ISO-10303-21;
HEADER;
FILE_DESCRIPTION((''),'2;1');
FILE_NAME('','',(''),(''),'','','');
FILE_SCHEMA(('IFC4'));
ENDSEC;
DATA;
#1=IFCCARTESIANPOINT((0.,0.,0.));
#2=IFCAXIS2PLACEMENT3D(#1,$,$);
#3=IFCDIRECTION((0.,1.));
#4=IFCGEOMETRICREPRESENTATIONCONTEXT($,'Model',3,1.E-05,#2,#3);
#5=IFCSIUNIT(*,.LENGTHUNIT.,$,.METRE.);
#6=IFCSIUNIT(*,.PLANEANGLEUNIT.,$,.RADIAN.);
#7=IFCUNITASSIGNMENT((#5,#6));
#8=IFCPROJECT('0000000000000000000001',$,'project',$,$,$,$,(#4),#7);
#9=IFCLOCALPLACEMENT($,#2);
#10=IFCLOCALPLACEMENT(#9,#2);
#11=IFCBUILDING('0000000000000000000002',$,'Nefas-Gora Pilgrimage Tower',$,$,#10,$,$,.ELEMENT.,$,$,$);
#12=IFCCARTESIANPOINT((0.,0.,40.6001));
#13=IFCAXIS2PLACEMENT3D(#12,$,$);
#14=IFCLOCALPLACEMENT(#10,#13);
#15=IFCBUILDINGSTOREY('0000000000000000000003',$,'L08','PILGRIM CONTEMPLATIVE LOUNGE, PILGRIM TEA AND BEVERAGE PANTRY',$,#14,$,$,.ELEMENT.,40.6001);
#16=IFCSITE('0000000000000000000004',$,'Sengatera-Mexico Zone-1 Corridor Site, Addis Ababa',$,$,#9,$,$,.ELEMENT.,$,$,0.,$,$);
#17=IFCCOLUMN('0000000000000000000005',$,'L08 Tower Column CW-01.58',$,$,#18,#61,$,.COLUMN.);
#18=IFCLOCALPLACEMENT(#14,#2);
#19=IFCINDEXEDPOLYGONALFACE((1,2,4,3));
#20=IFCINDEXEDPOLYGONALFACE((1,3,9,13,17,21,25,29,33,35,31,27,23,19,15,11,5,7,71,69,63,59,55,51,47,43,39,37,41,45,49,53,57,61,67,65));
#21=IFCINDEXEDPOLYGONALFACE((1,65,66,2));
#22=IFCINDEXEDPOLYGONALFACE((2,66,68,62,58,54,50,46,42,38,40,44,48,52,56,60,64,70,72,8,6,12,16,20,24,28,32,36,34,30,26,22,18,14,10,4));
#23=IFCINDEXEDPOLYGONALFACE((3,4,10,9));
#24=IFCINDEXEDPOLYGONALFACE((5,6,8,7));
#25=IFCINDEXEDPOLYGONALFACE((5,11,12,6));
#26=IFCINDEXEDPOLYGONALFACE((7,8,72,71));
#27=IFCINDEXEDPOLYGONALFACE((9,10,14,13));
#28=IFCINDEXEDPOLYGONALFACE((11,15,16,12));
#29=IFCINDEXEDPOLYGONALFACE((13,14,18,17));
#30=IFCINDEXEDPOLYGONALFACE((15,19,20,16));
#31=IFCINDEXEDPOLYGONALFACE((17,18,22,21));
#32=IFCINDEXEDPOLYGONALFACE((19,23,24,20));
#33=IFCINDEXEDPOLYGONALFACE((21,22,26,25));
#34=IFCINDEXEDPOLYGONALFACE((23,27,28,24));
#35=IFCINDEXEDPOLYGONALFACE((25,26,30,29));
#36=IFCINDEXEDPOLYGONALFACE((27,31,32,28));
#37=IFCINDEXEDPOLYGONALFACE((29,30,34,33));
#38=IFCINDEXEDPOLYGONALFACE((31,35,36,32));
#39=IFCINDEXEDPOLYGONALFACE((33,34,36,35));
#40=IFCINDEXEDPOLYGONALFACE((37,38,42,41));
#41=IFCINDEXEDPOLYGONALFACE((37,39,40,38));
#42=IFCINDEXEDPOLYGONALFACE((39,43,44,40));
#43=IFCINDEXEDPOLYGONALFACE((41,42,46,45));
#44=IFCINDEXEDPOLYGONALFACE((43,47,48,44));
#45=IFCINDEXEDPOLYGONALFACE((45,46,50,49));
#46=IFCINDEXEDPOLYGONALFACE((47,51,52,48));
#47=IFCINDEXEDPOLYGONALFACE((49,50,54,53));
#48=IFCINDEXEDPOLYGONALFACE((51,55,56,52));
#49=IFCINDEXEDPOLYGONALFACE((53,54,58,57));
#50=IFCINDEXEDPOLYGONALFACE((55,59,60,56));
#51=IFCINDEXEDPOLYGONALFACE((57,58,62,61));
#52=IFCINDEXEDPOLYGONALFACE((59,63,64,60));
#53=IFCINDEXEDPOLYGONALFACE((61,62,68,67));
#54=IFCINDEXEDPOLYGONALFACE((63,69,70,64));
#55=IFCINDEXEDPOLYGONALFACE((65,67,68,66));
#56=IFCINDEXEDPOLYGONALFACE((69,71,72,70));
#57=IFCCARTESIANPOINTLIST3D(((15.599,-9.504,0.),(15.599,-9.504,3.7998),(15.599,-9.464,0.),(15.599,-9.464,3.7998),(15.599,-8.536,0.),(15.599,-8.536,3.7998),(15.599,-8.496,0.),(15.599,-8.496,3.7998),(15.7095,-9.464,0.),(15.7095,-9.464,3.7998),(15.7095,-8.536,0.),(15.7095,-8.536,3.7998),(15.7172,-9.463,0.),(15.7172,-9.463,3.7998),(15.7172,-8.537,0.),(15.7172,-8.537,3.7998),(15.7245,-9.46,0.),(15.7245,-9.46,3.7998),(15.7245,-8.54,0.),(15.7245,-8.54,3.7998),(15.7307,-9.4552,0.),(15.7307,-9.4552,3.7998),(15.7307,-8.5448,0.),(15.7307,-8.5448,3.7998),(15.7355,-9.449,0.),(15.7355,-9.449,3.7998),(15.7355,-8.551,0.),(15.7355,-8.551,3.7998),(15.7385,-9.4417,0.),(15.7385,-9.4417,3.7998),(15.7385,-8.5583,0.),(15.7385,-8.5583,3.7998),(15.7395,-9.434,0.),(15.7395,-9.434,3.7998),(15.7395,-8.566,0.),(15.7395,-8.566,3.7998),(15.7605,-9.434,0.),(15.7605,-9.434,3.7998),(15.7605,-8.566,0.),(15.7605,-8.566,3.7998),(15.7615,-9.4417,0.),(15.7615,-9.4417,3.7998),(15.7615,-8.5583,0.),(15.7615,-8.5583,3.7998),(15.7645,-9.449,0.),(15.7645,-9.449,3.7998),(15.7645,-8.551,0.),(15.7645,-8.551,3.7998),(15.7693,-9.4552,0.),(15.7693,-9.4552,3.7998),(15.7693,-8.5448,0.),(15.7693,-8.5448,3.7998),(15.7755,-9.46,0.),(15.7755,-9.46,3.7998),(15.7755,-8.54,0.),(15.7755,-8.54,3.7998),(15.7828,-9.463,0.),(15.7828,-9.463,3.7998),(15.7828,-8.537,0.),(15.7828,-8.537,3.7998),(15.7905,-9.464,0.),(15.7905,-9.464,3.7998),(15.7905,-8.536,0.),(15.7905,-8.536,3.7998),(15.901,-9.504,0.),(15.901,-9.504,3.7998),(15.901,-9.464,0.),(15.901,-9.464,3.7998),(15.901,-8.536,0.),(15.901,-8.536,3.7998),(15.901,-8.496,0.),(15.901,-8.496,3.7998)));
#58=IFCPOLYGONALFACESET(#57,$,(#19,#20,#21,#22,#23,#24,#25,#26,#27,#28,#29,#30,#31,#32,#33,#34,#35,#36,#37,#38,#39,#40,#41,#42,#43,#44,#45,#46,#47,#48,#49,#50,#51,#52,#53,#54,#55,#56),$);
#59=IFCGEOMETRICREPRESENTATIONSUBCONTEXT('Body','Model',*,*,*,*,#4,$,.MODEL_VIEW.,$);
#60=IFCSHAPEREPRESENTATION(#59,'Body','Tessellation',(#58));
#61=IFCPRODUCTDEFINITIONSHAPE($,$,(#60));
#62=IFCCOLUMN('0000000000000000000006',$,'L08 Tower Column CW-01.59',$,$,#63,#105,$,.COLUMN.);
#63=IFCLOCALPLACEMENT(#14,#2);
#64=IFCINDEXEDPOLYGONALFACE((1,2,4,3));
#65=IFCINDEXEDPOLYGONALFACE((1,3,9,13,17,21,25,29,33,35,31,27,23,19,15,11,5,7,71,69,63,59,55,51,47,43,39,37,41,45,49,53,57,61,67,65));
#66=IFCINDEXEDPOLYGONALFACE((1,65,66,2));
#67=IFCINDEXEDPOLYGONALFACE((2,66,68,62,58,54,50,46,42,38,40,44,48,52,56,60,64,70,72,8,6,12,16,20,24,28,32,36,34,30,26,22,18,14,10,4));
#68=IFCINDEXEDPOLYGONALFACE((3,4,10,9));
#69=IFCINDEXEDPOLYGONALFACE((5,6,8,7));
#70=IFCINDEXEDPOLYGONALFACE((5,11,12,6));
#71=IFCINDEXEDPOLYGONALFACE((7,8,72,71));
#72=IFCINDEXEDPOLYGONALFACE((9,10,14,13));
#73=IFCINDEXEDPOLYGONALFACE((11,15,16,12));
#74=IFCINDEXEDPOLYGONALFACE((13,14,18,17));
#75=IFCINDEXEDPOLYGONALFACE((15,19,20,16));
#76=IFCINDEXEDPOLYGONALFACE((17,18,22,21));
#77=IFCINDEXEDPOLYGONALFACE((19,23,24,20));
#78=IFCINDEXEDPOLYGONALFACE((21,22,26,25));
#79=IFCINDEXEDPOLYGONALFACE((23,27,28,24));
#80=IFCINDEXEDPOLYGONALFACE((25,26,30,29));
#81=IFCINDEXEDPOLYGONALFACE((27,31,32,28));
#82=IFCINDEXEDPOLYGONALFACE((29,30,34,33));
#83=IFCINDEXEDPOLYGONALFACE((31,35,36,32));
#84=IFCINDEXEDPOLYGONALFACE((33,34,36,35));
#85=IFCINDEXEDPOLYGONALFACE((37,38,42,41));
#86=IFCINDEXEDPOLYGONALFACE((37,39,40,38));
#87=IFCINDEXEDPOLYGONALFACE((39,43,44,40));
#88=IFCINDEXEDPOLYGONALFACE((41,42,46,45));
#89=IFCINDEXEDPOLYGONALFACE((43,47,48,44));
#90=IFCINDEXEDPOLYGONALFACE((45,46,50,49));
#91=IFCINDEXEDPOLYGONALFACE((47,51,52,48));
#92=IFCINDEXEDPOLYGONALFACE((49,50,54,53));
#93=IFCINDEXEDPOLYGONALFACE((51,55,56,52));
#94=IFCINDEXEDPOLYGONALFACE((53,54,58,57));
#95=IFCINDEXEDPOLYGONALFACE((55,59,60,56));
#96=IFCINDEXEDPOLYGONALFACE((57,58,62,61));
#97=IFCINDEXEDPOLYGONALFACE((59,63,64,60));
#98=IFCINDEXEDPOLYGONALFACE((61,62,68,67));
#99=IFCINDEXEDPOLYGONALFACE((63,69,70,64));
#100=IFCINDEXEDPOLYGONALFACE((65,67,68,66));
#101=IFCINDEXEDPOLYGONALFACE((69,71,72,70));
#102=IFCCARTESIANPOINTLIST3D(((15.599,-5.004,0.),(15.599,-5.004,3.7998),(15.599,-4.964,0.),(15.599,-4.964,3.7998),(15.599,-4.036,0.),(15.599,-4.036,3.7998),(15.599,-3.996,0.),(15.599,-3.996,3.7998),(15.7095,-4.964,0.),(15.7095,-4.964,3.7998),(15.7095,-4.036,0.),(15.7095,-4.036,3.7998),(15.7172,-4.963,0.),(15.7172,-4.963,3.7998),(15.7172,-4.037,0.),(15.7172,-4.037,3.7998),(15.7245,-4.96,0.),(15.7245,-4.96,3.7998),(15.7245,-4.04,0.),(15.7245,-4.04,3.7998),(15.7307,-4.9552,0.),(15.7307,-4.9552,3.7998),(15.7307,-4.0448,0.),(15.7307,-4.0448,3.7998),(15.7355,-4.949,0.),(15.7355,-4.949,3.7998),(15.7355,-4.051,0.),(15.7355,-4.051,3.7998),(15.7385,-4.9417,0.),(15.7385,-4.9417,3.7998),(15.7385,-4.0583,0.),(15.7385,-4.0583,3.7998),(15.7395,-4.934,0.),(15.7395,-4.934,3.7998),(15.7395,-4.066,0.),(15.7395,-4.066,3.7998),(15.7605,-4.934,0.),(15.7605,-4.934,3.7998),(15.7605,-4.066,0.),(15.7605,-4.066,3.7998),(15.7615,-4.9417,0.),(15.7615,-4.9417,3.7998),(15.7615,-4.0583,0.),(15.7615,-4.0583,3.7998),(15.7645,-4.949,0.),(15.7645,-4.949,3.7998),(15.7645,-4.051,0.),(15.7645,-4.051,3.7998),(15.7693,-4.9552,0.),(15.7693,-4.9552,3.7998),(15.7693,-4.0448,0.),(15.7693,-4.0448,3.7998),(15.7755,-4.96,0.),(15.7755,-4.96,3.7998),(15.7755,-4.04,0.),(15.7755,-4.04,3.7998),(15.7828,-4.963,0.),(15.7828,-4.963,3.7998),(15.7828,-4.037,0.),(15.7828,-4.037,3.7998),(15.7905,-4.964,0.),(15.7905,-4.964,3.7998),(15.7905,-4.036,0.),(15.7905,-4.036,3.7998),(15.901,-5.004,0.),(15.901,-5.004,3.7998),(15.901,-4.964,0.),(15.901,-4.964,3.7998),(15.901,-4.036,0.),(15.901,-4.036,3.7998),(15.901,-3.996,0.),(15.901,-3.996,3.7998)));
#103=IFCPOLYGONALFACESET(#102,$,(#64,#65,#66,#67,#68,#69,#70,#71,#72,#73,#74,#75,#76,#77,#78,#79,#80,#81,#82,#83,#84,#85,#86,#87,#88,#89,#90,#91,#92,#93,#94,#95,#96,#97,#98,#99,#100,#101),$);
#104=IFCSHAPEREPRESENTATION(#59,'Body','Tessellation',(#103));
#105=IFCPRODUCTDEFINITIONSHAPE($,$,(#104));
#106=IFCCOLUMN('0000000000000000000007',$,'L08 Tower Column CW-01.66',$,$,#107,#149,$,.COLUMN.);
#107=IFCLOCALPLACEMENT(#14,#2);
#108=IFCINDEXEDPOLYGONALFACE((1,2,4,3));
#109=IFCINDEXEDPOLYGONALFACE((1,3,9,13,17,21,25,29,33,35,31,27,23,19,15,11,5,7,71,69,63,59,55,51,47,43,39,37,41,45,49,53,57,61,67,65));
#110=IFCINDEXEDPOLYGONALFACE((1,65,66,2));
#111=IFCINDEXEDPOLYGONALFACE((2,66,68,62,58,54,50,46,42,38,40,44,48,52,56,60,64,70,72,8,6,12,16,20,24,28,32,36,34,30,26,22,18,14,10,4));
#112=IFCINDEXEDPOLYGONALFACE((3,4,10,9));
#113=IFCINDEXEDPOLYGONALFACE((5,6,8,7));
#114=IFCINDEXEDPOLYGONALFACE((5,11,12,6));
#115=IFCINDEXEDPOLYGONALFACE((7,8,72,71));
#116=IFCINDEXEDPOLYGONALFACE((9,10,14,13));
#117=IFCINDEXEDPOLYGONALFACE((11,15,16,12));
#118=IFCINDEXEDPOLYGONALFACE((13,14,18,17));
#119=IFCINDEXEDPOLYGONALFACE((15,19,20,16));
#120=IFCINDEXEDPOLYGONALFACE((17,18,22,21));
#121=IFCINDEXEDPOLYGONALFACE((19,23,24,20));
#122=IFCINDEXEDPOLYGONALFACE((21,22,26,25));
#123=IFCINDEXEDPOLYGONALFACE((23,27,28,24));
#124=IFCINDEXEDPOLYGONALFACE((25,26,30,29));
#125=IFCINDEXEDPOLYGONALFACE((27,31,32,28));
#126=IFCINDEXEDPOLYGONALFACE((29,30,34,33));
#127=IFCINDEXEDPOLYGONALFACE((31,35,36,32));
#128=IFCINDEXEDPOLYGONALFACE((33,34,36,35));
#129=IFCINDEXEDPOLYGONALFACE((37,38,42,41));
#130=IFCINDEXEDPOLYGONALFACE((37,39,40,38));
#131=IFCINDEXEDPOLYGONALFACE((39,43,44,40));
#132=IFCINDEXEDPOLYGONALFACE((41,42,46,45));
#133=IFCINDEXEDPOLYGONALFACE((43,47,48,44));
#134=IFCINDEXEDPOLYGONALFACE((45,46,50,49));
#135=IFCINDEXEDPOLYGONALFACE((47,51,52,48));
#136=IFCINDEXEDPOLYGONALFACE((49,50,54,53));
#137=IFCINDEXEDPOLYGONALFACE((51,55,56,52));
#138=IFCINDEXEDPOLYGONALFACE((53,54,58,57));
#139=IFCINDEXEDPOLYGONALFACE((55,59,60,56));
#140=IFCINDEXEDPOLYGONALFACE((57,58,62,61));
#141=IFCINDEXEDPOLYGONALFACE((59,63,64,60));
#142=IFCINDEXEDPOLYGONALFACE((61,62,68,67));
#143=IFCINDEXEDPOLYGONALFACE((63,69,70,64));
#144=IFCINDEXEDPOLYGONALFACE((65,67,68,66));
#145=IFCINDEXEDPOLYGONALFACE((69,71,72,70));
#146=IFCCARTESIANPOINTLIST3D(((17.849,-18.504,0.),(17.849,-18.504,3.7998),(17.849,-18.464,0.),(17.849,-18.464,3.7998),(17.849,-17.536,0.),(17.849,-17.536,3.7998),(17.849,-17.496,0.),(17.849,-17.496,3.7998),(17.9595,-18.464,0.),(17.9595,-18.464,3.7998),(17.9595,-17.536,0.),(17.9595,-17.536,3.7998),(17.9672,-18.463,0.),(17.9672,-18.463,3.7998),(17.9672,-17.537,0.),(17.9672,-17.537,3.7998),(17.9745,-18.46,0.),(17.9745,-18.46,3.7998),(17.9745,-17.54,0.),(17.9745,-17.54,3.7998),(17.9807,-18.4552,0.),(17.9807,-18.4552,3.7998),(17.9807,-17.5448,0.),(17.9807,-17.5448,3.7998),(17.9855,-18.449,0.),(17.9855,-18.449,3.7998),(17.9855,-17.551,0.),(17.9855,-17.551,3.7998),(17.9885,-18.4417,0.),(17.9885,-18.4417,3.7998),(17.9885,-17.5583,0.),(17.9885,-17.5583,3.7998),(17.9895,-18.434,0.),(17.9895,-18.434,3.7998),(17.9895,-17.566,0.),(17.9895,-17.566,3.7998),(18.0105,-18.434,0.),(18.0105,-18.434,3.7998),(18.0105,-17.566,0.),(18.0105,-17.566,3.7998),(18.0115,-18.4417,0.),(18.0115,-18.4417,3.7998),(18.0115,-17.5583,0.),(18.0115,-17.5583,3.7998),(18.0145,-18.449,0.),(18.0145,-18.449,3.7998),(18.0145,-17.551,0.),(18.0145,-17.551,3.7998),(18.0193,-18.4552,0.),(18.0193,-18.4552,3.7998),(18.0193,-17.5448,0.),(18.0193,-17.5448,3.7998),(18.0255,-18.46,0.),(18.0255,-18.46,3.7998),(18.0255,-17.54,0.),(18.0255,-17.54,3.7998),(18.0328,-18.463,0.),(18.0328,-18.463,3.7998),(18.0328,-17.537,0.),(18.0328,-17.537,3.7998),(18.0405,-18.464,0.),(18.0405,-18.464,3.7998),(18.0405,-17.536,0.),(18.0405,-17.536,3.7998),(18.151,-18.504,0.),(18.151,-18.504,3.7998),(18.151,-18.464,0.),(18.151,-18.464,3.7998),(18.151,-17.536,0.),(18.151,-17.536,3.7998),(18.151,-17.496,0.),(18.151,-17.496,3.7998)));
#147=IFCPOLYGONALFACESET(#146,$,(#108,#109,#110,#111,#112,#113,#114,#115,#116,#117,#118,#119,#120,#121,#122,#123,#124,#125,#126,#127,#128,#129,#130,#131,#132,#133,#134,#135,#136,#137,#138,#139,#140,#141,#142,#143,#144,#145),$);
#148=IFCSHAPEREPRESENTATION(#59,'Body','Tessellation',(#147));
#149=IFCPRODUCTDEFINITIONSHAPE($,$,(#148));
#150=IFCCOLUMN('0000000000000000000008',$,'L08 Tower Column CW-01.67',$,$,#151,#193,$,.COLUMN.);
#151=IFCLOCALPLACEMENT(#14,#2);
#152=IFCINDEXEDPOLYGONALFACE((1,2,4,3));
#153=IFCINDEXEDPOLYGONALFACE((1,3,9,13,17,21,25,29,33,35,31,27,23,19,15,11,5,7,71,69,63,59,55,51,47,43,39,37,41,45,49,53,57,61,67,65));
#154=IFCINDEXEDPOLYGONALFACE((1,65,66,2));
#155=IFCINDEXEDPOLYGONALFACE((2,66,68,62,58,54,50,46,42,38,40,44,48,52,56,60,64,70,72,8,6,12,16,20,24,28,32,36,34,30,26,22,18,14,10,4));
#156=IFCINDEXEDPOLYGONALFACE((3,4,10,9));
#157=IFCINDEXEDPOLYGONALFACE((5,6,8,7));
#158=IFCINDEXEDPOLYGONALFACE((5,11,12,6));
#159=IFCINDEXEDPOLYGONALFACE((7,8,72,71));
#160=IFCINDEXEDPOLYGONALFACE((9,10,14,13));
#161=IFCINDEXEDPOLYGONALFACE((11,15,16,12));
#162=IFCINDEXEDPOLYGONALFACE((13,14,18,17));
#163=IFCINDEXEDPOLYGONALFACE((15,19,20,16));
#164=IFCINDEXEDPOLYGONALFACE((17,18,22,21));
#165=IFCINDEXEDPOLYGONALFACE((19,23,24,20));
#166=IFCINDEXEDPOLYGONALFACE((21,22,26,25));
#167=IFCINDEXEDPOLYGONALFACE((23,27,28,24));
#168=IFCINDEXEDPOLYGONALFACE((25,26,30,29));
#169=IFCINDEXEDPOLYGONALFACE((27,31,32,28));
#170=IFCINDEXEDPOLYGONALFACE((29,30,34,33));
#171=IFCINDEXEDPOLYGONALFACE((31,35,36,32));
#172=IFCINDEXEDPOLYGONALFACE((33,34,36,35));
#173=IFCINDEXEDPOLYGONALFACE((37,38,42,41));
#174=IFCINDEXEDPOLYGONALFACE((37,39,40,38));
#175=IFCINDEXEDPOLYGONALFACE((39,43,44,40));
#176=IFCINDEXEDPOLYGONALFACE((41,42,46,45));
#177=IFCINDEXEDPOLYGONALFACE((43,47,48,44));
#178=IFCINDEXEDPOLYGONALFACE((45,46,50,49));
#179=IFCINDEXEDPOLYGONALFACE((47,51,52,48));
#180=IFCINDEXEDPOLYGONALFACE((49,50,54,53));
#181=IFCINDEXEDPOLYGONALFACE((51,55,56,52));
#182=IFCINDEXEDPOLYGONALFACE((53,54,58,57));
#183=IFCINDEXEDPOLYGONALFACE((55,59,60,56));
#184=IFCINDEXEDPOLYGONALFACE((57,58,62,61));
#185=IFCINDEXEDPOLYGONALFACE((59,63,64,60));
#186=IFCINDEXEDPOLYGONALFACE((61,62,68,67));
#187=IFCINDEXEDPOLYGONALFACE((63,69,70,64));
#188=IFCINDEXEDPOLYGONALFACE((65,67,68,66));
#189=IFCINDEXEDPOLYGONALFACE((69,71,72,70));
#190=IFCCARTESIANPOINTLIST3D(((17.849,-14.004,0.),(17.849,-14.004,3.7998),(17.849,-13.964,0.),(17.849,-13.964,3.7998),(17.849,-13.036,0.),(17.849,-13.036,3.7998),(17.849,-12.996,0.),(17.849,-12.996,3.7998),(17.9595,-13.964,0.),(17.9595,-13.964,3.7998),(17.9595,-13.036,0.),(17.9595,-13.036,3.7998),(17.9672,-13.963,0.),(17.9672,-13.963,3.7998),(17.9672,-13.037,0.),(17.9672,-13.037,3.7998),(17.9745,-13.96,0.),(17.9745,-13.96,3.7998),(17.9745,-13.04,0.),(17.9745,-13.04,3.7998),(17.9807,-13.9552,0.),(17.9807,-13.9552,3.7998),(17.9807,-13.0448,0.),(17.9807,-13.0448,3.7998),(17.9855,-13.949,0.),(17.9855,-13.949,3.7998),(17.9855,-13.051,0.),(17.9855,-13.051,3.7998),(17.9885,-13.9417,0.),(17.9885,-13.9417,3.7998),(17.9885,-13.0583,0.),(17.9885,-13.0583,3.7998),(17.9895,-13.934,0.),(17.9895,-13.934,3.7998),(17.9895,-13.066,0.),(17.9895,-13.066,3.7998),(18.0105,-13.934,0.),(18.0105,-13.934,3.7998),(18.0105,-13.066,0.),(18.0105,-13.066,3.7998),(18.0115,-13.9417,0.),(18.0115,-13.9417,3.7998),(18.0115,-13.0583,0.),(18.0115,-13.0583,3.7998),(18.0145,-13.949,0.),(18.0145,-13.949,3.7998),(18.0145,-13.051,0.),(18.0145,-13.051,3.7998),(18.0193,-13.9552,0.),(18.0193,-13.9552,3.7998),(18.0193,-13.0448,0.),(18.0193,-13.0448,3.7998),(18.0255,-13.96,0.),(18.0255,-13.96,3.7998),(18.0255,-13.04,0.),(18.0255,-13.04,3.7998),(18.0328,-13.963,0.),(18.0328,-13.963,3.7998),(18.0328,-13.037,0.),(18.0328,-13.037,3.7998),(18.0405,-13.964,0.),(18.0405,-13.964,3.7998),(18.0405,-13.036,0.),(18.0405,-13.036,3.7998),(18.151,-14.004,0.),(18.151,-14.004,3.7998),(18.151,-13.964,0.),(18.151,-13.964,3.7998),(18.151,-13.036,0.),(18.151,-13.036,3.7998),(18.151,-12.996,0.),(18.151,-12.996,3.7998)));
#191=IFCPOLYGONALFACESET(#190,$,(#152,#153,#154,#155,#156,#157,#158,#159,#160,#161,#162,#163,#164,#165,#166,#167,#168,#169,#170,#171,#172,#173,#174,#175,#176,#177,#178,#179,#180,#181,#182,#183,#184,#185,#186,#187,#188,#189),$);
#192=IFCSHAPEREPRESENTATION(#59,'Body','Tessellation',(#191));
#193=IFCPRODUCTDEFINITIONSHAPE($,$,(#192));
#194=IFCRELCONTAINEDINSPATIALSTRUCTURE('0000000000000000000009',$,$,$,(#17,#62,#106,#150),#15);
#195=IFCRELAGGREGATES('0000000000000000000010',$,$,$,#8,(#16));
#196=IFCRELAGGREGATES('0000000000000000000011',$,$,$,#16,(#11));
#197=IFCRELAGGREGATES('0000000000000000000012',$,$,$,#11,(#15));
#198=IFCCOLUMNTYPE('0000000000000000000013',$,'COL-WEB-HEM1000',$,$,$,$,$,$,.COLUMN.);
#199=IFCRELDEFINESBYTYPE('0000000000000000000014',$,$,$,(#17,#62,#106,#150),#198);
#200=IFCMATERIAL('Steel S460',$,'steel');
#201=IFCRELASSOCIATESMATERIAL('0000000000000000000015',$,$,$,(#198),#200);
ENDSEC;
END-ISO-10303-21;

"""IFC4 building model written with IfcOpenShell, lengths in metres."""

from ifc_helpers import new_model, si_unit, direction, frame, origin, origin_2d, place, context, subcontext, project, spatial, i_section, extrude, source, transform, mapped, material, material_profile, profile_set, type_object, element, save


model = new_model("IFC4")

# Units and contexts
model_context = context("Model", 3, precision=1e-05, world=origin(), true_north=direction((0.0, 1.0)))
body_context = subcontext(model_context, "Body", "Model", "MODEL_VIEW")
ifc_project = project(units=[si_unit("LENGTHUNIT", "METRE"), si_unit("PLANEANGLEUNIT", "RADIAN")], contexts=[model_context])

# Site, building, storey
site_placement = place(None, origin())
site = spatial("IfcSite", under=ifc_project, at=site_placement, Name="Sengatera-Mexico Zone-1 Corridor Site, Addis Ababa", CompositionType="ELEMENT", RefElevation=0.0)
building_placement = place(site_placement, origin())
building = spatial("IfcBuilding", under=site, at=building_placement, Name="Nefas-Gora Pilgrimage Tower", CompositionType="ELEMENT")
storey_placement = place(building_placement, frame((0.0, 0.0, 40.6001)))
storey = spatial("IfcBuildingStorey", under=building, at=storey_placement, Name="L08", Description="PILGRIM CONTEMPLATIVE LOUNGE, PILGRIM TEA AND BEVERAGE PANTRY", CompositionType="ELEMENT", Elevation=40.6001)

# Columns
ifc_material_1 = material(Name="Steel S460", Category="steel")
ifc_material_profile_1 = material_profile(ifc_material_1, i_section(OverallWidth=0.302, OverallDepth=1.0081, WebThickness=0.021, FlangeThickness=0.04, FilletRadius=0.03, at=origin_2d()), Name="HEM 1000")
ifc_profile_set_1 = profile_set([ifc_material_profile_1], Name="Steel S460")
column_type_1 = type_object("IfcColumnType", Name="COL-WEB-HEM1000", PredefinedType="COLUMN", material=ifc_profile_set_1)
shared_shape_1 = source(origin(), body_context, "Body", "SweptSolid", [
    extrude(i_section(OverallWidth=0.302, OverallDepth=1.0081, WebThickness=0.021, FlangeThickness=0.04, FilletRadius=0.03, at=origin_2d()), origin(), (0.0, 0.0, 1.0), 3.7998),
])
for number, where, z_axis, x_axis, name in (
    (1, (15.75, -9.0, 0.0), (0.0, 0.0, 1.0), (1.0, 0.0, 0.0), "L08 Tower Column CW-01.58"),
    (2, (15.75, -4.5, 0.0), (0.0, 0.0, 1.0), (1.0, 0.0, 0.0), "L08 Tower Column CW-01.59"),
    (3, (18.0, -18.0, 0.0), (0.0, 0.0, 1.0), (1.0, 0.0, 0.0), "L08 Tower Column CW-01.66"),
    (4, (18.0, -13.5, 0.0), (0.0, 0.0, 1.0), (1.0, 0.0, 0.0), "L08 Tower Column CW-01.67"),
):
    element("IfcColumn", number, at=place(storey_placement, frame(where, z_axis=z_axis, x_axis=x_axis)), inside=storey, type_object=column_type_1, Name=name, PredefinedType="COLUMN", context=body_context, shape_type="MappedRepresentation", body=[
        mapped(shared_shape_1, transform((0.0, 0.0, 0.0), x_axis=(1.0, 0.0, 0.0), y_axis=(0.0, 1.0, 0.0), z_axis=(0.0, 0.0, 1.0), scale=1.0)),
    ])

save(model, "model.ifc")
